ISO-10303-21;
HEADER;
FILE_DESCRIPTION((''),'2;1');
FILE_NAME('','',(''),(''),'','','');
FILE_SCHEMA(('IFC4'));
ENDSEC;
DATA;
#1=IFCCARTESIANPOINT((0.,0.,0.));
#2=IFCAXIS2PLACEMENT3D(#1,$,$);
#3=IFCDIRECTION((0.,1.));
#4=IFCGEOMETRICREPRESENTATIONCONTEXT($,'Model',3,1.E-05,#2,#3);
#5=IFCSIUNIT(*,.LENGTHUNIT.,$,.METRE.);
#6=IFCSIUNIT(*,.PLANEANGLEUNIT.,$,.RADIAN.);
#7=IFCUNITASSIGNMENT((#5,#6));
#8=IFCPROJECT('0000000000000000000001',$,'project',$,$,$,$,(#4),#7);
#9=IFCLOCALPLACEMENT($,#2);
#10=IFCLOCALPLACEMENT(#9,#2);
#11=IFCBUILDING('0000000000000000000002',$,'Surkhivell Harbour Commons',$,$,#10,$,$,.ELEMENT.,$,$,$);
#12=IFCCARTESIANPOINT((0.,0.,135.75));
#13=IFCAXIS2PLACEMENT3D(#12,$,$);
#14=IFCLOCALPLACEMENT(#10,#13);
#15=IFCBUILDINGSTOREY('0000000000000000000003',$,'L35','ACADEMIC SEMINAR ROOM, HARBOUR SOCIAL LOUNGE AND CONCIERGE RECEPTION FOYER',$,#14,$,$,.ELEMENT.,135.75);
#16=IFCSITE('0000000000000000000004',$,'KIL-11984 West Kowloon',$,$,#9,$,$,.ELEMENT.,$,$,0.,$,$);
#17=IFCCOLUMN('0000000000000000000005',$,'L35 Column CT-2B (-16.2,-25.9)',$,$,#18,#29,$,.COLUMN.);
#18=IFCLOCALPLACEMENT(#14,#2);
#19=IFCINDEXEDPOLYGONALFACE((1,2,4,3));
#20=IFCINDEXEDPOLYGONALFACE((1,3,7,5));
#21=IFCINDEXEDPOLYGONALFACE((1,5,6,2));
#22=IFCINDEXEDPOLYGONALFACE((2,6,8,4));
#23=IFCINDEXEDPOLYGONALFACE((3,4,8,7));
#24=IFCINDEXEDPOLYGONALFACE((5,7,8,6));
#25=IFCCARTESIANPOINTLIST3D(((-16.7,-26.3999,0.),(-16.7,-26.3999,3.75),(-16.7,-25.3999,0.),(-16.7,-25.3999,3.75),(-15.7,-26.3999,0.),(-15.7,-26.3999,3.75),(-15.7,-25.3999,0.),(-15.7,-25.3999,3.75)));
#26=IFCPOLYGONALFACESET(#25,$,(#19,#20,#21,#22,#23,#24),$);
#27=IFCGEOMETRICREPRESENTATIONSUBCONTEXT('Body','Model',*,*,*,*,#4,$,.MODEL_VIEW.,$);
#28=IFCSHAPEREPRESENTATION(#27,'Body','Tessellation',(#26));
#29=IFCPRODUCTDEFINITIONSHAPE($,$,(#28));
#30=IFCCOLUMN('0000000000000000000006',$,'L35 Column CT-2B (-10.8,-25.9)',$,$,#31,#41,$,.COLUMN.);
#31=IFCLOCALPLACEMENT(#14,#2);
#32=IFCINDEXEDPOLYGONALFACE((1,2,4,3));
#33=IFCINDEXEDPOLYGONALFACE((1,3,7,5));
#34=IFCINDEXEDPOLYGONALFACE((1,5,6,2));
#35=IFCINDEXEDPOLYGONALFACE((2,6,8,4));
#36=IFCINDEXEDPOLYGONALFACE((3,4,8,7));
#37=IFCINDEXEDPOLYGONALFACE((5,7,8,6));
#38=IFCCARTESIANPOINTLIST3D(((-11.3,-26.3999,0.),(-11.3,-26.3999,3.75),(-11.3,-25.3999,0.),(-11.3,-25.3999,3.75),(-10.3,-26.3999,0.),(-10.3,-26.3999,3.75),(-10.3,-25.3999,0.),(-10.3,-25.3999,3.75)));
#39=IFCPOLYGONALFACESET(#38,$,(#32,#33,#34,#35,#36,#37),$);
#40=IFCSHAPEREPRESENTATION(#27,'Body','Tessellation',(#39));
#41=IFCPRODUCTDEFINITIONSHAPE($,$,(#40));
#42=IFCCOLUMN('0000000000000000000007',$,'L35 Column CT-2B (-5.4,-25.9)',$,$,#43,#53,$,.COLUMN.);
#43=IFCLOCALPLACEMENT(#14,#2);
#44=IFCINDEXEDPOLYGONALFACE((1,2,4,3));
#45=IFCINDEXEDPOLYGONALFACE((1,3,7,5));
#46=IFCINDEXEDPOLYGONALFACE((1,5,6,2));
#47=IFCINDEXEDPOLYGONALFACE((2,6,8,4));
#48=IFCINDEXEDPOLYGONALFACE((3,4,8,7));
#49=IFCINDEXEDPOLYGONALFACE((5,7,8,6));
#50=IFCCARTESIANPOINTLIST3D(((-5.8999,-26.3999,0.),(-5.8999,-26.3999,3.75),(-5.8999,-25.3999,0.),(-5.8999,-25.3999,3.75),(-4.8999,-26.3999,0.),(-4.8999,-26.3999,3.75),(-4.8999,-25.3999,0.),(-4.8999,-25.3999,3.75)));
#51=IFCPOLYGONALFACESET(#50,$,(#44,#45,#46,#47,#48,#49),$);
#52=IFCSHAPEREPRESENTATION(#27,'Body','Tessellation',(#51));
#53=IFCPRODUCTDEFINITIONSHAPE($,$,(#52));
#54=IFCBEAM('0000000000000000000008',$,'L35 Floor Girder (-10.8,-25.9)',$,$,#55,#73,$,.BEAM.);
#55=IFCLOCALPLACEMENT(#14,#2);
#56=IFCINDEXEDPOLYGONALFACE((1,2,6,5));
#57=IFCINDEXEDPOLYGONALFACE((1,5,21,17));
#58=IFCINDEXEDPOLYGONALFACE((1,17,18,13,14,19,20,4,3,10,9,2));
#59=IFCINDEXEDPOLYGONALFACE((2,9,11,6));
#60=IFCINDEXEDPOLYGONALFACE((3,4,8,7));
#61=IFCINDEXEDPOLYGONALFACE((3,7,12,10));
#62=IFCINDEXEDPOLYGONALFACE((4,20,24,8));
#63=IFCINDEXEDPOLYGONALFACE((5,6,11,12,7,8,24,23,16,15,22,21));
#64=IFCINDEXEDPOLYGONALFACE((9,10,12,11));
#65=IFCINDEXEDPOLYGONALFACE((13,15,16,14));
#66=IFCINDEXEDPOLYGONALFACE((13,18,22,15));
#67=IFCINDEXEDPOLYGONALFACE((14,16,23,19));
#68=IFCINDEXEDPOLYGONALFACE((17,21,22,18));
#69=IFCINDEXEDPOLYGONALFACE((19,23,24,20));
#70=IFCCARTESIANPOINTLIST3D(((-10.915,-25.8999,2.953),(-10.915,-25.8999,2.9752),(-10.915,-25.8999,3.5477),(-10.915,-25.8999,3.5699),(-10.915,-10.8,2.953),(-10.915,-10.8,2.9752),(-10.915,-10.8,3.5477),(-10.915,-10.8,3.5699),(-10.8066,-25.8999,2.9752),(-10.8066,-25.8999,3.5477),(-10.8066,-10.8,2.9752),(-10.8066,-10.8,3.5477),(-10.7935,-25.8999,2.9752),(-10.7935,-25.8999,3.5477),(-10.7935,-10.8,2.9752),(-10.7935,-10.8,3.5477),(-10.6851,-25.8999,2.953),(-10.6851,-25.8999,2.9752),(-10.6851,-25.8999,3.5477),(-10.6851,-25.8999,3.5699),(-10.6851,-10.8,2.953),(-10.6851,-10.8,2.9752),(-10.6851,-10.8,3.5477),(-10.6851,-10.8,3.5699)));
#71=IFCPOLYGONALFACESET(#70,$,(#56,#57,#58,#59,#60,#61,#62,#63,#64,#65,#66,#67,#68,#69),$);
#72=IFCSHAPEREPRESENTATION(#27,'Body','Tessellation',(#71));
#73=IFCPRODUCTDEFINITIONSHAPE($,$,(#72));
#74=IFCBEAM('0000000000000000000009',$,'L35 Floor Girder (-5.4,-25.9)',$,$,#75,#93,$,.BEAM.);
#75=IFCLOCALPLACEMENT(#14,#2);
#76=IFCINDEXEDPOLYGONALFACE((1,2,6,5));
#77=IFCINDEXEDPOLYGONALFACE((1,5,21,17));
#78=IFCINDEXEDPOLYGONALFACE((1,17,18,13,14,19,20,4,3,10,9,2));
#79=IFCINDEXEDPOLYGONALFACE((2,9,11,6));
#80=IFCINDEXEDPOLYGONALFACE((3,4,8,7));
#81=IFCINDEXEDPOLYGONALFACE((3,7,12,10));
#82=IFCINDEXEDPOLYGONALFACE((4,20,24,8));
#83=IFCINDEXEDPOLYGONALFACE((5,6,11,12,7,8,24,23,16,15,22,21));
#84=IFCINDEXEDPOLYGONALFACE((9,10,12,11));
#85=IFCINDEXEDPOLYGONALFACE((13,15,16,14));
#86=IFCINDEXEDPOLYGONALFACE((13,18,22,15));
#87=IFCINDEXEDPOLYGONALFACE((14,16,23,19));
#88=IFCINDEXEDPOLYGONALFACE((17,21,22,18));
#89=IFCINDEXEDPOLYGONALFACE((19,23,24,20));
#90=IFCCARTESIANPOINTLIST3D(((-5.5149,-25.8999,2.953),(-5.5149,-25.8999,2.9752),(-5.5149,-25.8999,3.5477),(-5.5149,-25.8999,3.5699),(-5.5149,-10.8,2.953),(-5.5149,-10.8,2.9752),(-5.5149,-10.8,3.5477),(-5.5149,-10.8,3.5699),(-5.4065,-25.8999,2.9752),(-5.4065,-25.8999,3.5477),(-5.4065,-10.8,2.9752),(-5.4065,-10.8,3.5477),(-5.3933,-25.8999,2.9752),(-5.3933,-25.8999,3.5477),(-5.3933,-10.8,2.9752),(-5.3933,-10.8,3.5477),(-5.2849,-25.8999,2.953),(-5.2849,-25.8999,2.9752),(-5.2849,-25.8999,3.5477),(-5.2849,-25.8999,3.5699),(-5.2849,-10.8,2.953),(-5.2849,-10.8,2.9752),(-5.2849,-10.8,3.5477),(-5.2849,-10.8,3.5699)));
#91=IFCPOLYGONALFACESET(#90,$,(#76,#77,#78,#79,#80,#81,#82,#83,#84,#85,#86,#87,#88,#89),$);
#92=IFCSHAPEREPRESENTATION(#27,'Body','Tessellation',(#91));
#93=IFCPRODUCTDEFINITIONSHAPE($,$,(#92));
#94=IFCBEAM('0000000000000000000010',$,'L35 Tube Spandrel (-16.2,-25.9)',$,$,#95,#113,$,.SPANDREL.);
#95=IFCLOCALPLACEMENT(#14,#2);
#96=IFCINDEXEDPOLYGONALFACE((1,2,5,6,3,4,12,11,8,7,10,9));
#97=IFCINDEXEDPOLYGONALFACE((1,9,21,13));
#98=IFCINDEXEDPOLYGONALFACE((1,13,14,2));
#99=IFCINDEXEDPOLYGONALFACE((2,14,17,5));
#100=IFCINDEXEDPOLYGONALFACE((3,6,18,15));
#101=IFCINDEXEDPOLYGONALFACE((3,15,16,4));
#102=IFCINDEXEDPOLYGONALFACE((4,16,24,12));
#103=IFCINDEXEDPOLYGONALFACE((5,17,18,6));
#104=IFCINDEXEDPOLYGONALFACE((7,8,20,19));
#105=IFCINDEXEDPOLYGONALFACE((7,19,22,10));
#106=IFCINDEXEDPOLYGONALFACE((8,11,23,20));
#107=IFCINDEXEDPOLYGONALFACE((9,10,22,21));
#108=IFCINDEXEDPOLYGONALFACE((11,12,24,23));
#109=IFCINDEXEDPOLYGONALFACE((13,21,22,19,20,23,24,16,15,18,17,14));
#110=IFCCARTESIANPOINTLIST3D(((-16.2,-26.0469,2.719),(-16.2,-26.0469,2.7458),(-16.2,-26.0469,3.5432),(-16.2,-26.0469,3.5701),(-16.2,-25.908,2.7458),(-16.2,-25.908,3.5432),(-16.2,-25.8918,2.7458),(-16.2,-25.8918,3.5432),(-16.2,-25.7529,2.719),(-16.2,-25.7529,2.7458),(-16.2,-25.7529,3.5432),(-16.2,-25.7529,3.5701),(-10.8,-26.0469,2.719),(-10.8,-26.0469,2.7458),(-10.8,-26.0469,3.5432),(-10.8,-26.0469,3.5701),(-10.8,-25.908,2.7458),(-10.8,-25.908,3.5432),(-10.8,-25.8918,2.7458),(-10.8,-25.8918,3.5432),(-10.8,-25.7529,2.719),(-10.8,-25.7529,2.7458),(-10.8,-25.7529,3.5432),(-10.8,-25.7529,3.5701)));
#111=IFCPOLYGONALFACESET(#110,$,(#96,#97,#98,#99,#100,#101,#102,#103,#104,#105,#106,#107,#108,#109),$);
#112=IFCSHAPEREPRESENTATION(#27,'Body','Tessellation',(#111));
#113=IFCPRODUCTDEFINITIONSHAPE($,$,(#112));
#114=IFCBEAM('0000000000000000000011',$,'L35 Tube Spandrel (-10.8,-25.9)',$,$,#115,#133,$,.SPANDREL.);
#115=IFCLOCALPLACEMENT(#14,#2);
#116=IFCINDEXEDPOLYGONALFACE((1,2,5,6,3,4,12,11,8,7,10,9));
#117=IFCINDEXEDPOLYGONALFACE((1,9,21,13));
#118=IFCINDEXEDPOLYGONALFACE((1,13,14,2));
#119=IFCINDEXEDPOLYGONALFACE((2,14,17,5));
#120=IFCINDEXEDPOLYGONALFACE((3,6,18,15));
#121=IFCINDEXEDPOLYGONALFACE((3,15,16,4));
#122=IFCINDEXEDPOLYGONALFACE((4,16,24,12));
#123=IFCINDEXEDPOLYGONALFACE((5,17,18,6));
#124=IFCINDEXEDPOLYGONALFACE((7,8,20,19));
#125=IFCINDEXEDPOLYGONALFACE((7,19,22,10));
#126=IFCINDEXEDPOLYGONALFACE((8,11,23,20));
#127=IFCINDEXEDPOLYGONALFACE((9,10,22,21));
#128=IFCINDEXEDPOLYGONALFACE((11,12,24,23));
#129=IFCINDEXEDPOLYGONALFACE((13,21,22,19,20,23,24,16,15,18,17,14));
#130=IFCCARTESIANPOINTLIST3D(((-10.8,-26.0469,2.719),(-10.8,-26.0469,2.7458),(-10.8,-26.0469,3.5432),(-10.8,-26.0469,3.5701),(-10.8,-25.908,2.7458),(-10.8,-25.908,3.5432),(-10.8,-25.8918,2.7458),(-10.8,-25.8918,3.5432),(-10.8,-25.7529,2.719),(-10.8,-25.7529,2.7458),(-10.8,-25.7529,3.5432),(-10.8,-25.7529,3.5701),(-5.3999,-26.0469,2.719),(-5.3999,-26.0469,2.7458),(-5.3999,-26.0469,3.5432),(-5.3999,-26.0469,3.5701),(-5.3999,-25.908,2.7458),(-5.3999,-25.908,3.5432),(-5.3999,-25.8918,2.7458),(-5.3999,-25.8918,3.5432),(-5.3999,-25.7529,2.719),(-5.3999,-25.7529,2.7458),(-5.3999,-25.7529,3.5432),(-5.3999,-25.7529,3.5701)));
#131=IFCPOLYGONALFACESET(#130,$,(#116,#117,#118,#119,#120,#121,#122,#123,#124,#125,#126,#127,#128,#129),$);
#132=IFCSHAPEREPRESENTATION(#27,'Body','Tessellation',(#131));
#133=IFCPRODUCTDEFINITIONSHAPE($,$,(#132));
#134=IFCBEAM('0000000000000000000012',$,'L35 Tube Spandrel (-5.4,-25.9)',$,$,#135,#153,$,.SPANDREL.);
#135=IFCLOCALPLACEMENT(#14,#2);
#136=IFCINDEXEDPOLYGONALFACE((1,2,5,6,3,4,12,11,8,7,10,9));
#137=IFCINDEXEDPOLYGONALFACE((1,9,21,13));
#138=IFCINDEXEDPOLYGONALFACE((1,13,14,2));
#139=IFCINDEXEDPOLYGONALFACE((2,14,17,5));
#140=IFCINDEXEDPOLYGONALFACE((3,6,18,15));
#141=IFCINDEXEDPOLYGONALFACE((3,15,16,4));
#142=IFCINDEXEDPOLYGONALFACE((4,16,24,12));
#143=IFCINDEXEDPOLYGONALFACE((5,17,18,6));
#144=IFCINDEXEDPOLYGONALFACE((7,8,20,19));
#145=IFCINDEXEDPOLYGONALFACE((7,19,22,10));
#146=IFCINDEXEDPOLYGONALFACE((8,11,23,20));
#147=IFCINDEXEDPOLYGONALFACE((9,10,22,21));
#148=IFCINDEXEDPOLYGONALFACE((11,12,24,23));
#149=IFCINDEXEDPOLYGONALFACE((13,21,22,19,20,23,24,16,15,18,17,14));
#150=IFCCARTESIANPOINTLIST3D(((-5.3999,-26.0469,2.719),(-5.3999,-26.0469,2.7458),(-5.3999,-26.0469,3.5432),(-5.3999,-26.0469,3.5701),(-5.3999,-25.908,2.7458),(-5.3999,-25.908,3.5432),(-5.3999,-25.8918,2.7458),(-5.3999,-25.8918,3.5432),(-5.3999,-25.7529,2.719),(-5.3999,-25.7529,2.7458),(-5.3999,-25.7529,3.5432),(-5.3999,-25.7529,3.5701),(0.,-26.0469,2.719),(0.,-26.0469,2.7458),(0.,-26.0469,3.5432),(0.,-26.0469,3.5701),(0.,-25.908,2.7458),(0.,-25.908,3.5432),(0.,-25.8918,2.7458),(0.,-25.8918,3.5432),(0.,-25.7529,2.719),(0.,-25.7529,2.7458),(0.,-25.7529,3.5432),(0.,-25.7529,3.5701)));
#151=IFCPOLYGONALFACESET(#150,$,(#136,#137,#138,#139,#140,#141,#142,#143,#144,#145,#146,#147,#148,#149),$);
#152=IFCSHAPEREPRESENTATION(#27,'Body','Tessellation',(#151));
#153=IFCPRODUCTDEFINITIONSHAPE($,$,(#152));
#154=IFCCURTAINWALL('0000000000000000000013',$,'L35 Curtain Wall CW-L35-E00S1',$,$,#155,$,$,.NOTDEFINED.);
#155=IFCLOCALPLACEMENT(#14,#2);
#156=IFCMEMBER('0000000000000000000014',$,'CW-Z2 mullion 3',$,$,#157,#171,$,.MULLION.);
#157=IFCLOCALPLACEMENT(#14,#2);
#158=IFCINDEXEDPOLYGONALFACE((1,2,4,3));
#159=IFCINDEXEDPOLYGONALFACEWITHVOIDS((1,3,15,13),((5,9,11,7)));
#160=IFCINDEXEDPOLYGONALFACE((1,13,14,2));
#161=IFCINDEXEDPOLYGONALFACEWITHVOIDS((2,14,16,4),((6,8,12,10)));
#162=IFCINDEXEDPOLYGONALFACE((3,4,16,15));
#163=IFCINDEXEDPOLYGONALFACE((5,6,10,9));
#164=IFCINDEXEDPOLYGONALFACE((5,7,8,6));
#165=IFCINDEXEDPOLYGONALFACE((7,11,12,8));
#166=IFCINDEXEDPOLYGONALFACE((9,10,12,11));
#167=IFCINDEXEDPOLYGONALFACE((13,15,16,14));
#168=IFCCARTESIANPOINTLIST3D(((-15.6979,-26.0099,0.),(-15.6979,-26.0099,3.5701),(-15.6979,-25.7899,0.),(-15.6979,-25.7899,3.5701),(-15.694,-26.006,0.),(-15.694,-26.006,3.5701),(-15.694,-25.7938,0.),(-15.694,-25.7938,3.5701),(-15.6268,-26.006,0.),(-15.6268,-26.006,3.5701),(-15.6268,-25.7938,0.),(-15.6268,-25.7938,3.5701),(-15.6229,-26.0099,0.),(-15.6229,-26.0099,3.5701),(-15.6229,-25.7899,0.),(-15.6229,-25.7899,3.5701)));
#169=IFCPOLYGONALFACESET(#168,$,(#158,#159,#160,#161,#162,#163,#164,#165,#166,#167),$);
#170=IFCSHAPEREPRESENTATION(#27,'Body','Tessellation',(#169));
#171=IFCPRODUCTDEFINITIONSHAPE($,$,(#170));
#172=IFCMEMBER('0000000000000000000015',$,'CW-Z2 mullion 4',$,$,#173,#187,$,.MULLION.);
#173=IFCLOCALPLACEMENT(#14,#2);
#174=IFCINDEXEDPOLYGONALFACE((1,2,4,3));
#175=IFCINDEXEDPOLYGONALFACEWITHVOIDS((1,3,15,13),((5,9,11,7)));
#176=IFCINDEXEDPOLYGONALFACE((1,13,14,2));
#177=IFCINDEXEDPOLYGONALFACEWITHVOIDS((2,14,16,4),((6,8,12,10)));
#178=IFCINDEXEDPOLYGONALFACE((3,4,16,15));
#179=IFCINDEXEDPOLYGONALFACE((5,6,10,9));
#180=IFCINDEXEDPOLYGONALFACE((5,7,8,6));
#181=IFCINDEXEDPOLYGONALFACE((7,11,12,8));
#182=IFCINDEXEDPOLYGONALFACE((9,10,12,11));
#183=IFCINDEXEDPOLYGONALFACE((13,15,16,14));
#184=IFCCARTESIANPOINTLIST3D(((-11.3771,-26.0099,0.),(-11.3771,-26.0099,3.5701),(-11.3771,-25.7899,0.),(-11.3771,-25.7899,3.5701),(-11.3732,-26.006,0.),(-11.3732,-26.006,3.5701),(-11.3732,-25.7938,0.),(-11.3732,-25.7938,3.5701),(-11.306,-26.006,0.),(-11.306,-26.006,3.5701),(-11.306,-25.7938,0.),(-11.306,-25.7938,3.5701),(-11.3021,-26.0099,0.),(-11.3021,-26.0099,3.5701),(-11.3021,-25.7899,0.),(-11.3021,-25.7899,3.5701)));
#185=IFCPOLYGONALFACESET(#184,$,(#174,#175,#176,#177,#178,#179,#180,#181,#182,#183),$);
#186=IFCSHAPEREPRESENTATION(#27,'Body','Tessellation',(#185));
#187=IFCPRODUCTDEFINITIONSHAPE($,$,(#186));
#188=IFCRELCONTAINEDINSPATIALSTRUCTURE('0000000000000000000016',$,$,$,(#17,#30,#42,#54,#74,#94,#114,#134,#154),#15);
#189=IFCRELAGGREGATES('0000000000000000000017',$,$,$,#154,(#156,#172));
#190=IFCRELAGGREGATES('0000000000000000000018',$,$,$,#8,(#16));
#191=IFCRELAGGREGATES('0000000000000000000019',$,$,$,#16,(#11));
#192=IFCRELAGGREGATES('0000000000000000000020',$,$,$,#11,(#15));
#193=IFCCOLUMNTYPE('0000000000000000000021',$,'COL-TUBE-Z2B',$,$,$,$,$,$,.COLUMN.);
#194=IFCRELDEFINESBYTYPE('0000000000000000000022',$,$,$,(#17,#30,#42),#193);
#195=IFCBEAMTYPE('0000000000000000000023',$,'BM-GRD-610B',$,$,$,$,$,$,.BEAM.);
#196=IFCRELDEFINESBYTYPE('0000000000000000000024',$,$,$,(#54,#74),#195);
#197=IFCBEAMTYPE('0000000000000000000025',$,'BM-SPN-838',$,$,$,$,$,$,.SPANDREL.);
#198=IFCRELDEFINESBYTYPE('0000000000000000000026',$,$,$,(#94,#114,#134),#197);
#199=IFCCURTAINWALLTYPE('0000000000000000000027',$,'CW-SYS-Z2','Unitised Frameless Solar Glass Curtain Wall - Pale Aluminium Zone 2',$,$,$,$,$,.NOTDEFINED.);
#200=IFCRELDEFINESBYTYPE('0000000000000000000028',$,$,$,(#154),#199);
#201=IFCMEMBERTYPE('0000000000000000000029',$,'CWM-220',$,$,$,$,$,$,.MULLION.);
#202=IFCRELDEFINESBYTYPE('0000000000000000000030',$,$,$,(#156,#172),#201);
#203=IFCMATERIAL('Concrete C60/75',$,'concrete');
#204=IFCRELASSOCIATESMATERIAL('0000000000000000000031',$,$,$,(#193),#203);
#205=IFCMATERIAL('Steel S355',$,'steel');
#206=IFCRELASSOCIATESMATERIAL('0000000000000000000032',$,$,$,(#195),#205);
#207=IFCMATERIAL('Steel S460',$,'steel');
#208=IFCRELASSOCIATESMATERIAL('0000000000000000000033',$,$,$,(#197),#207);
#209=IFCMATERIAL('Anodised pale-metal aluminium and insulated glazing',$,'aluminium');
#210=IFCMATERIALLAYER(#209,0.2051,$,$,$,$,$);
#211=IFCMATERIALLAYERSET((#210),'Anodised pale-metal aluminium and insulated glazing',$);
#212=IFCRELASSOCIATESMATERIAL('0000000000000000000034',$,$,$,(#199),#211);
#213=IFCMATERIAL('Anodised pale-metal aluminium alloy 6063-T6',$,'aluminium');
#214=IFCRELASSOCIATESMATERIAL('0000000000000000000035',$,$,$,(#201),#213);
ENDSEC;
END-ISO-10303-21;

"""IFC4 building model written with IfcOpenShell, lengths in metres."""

from ifc_helpers import new_model, si_unit, direction, frame, origin, origin_2d, place, context, subcontext, project, spatial, rectangle, hollow_rectangle, i_section, extrude, material, layer, layer_set, material_profile, profile_set, type_object, element, aggregate, save


model = new_model("IFC4")

# Units and contexts
model_context = context("Model", 3, precision=1e-05, world=origin(), true_north=direction((0.0, 1.0)))
body_context = subcontext(model_context, "Body", "Model", "MODEL_VIEW")
ifc_project = project(units=[si_unit("LENGTHUNIT", "METRE"), si_unit("PLANEANGLEUNIT", "RADIAN")], contexts=[model_context])

# Site, building, storey
site_placement = place(None, origin())
site = spatial("IfcSite", under=ifc_project, at=site_placement, Name="KIL-11984 West Kowloon", CompositionType="ELEMENT", RefElevation=0.0)
building_placement = place(site_placement, origin())
building = spatial("IfcBuilding", under=site, at=building_placement, Name="Surkhivell Harbour Commons", CompositionType="ELEMENT")
storey_placement = place(building_placement, frame((0.0, 0.0, 135.75)))
storey = spatial("IfcBuildingStorey", under=building, at=storey_placement, Name="L35", Description="ACADEMIC SEMINAR ROOM, HARBOUR SOCIAL LOUNGE AND CONCIERGE RECEPTION FOYER", CompositionType="ELEMENT", Elevation=135.75)

# Columns
ifc_material_1 = material(Name="Concrete C60/75", Category="concrete")
ifc_material_profile_1 = material_profile(ifc_material_1, rectangle(XDim=1.0, YDim=1.0, at=origin_2d()), Name="RC-COL-1000x1000")
ifc_profile_set_1 = profile_set([ifc_material_profile_1], Name="Concrete C60/75")
column_type = type_object("IfcColumnType", Name="COL-TUBE-Z2B", PredefinedType="COLUMN", material=ifc_profile_set_1)
for number, where, z_axis, x_axis, name in (
    (1, (-16.2, -25.8999, 0.0), (0.0, 0.0, 1.0), (1.0, 0.0, 0.0), "L35 Column CT-2B (-16.2,-25.9)"),
    (2, (-10.8, -25.8999, 0.0), (0.0, 0.0, 1.0), (1.0, 0.0, 0.0), "L35 Column CT-2B (-10.8,-25.9)"),
    (3, (-5.3999, -25.8999, 0.0), (0.0, 0.0, 1.0), (1.0, 0.0, 0.0), "L35 Column CT-2B (-5.4,-25.9)"),
):
    element("IfcColumn", number, at=place(storey_placement, frame(where, z_axis=z_axis, x_axis=x_axis)), inside=storey, type_object=column_type, Name=name, PredefinedType="COLUMN", context=body_context, shape_type="SweptSolid", body=[
        extrude(rectangle(XDim=1.0, YDim=1.0, at=origin_2d()), origin(), (0.0, 0.0, 1.0), 3.75),
    ])

# Beams
ifc_material_2 = material(Name="Steel S355", Category="steel")
ifc_material_profile_2 = material_profile(ifc_material_2, i_section(OverallWidth=0.23, OverallDepth=0.6169, WebThickness=0.0132, FlangeThickness=0.0222, at=origin_2d()), Name="UB610x229x140")
ifc_profile_set_2 = profile_set([ifc_material_profile_2], Name="Steel S355")
beam_type_1 = type_object("IfcBeamType", Name="BM-GRD-610B", PredefinedType="BEAM", material=ifc_profile_set_2)
for number, where, z_axis, x_axis, name in (
    (4, (-10.8, -25.8999, 3.2615), (0.0, 1.0, 0.0), (-1.0, 0.0, 0.0), "L35 Floor Girder (-10.8,-25.9)"),
    (5, (-5.3999, -25.8999, 3.2615), (0.0, 1.0, 0.0), (-1.0, 0.0, 0.0), "L35 Floor Girder (-5.4,-25.9)"),
):
    element("IfcBeam", number, at=place(storey_placement, frame(where, z_axis=z_axis, x_axis=x_axis)), inside=storey, type_object=beam_type_1, Name=name, PredefinedType="BEAM", context=body_context, shape_type="SweptSolid", body=[
        extrude(i_section(OverallWidth=0.23, OverallDepth=0.6169, WebThickness=0.0132, FlangeThickness=0.0222, at=origin_2d()), origin(), (0.0, 0.0, 1.0), 15.0999),
    ])
ifc_material_3 = material(Name="Steel S460", Category="steel")
ifc_material_profile_3 = material_profile(ifc_material_3, i_section(OverallWidth=0.2939, OverallDepth=0.8511, WebThickness=0.0161, FlangeThickness=0.0269, at=origin_2d()), Name="UB838x292x226")
ifc_profile_set_3 = profile_set([ifc_material_profile_3], Name="Steel S460")
beam_type_2 = type_object("IfcBeamType", Name="BM-SPN-838", PredefinedType="SPANDREL", material=ifc_profile_set_3)
beam_1_placement = place(storey_placement, frame((-16.2, -25.8999, 3.1445), z_axis=(1.0, 0.0, 0.0), x_axis=(0.0, 1.0, 0.0)))
element("IfcBeam", 6, at=beam_1_placement, inside=storey, type_object=beam_type_2, Name="L35 Tube Spandrel (-16.2,-25.9)", PredefinedType="SPANDREL", context=body_context, shape_type="SweptSolid", body=[
    extrude(i_section(OverallWidth=0.2939, OverallDepth=0.8511, WebThickness=0.0161, FlangeThickness=0.0269, at=origin_2d()), origin(), (0.0, 0.0, 1.0), 5.3999),
])
beam_2_placement = place(storey_placement, frame((-10.8, -25.8999, 3.1445), z_axis=(1.0, 0.0, 0.0), x_axis=(0.0, 1.0, 0.0)))
element("IfcBeam", 7, at=beam_2_placement, inside=storey, type_object=beam_type_2, Name="L35 Tube Spandrel (-10.8,-25.9)", PredefinedType="SPANDREL", context=body_context, shape_type="SweptSolid", body=[
    extrude(i_section(OverallWidth=0.2939, OverallDepth=0.8511, WebThickness=0.0161, FlangeThickness=0.0269, at=origin_2d()), origin(), (0.0, 0.0, 1.0), 5.4001),
])
beam_3_placement = place(storey_placement, frame((-5.3999, -25.8999, 3.1445), z_axis=(1.0, 0.0, 0.0), x_axis=(0.0, 1.0, 0.0)))
element("IfcBeam", 8, at=beam_3_placement, inside=storey, type_object=beam_type_2, Name="L35 Tube Spandrel (-5.4,-25.9)", PredefinedType="SPANDREL", context=body_context, shape_type="SweptSolid", body=[
    extrude(i_section(OverallWidth=0.2939, OverallDepth=0.8511, WebThickness=0.0161, FlangeThickness=0.0269, at=origin_2d()), origin(), (0.0, 0.0, 1.0), 5.3999),
])

# Curtain wall, members
ifc_material_4 = material(Name="Anodised pale-metal aluminium and insulated glazing", Category="aluminium")
ifc_layer_1 = layer(ifc_material_4, 0.2051)
ifc_layer_set_1 = layer_set([ifc_layer_1], Name="Anodised pale-metal aluminium and insulated glazing")
curtain_wall_type = type_object("IfcCurtainWallType", Name="CW-SYS-Z2", Description="Unitised Frameless Solar Glass Curtain Wall - Pale Aluminium Zone 2", PredefinedType="NOTDEFINED", material=ifc_layer_set_1)
curtain_wall_1_placement = place(storey_placement, origin())
curtain_wall_1 = element("IfcCurtainWall", 9, at=curtain_wall_1_placement, inside=storey, type_object=curtain_wall_type, Name="L35 Curtain Wall CW-L35-E00S1", PredefinedType="NOTDEFINED")
ifc_material_5 = material(Name="Anodised pale-metal aluminium alloy 6063-T6", Category="aluminium")
ifc_material_profile_4 = material_profile(ifc_material_5, hollow_rectangle(XDim=0.075, YDim=0.22, WallThickness=0.0039, at=origin_2d()), Name="ALU-MULL-75x220")
ifc_profile_set_4 = profile_set([ifc_material_profile_4], Name="Anodised pale-metal aluminium alloy 6063-T6")
member_type_1 = type_object("IfcMemberType", Name="CWM-220", PredefinedType="MULLION", material=ifc_profile_set_4)
member_1_placement = place(storey_placement, frame((-15.6604, -25.8999, 0.0), z_axis=(0.0, 0.0, 1.0), x_axis=(1.0, 0.0, 0.0)))
member_1 = element("IfcMember", 10, at=member_1_placement, type_object=member_type_1, Name="CW-Z2 mullion 3", PredefinedType="MULLION", context=body_context, shape_type="SweptSolid", body=[
    extrude(hollow_rectangle(XDim=0.075, YDim=0.22, WallThickness=0.0039, at=origin_2d()), origin(), (0.0, 0.0, 1.0), 3.5701),
])
member_2_placement = place(storey_placement, frame((-11.3396, -25.8999, 0.0), z_axis=(0.0, 0.0, 1.0), x_axis=(1.0, 0.0, 0.0)))
member_2 = element("IfcMember", 11, at=member_2_placement, type_object=member_type_1, Name="CW-Z2 mullion 4", PredefinedType="MULLION", context=body_context, shape_type="SweptSolid", body=[
    extrude(hollow_rectangle(XDim=0.075, YDim=0.22, WallThickness=0.0039, at=origin_2d()), origin(), (0.0, 0.0, 1.0), 3.5701),
])

aggregate(curtain_wall_1, [member_1, member_2])

save(model, "model.ifc")
